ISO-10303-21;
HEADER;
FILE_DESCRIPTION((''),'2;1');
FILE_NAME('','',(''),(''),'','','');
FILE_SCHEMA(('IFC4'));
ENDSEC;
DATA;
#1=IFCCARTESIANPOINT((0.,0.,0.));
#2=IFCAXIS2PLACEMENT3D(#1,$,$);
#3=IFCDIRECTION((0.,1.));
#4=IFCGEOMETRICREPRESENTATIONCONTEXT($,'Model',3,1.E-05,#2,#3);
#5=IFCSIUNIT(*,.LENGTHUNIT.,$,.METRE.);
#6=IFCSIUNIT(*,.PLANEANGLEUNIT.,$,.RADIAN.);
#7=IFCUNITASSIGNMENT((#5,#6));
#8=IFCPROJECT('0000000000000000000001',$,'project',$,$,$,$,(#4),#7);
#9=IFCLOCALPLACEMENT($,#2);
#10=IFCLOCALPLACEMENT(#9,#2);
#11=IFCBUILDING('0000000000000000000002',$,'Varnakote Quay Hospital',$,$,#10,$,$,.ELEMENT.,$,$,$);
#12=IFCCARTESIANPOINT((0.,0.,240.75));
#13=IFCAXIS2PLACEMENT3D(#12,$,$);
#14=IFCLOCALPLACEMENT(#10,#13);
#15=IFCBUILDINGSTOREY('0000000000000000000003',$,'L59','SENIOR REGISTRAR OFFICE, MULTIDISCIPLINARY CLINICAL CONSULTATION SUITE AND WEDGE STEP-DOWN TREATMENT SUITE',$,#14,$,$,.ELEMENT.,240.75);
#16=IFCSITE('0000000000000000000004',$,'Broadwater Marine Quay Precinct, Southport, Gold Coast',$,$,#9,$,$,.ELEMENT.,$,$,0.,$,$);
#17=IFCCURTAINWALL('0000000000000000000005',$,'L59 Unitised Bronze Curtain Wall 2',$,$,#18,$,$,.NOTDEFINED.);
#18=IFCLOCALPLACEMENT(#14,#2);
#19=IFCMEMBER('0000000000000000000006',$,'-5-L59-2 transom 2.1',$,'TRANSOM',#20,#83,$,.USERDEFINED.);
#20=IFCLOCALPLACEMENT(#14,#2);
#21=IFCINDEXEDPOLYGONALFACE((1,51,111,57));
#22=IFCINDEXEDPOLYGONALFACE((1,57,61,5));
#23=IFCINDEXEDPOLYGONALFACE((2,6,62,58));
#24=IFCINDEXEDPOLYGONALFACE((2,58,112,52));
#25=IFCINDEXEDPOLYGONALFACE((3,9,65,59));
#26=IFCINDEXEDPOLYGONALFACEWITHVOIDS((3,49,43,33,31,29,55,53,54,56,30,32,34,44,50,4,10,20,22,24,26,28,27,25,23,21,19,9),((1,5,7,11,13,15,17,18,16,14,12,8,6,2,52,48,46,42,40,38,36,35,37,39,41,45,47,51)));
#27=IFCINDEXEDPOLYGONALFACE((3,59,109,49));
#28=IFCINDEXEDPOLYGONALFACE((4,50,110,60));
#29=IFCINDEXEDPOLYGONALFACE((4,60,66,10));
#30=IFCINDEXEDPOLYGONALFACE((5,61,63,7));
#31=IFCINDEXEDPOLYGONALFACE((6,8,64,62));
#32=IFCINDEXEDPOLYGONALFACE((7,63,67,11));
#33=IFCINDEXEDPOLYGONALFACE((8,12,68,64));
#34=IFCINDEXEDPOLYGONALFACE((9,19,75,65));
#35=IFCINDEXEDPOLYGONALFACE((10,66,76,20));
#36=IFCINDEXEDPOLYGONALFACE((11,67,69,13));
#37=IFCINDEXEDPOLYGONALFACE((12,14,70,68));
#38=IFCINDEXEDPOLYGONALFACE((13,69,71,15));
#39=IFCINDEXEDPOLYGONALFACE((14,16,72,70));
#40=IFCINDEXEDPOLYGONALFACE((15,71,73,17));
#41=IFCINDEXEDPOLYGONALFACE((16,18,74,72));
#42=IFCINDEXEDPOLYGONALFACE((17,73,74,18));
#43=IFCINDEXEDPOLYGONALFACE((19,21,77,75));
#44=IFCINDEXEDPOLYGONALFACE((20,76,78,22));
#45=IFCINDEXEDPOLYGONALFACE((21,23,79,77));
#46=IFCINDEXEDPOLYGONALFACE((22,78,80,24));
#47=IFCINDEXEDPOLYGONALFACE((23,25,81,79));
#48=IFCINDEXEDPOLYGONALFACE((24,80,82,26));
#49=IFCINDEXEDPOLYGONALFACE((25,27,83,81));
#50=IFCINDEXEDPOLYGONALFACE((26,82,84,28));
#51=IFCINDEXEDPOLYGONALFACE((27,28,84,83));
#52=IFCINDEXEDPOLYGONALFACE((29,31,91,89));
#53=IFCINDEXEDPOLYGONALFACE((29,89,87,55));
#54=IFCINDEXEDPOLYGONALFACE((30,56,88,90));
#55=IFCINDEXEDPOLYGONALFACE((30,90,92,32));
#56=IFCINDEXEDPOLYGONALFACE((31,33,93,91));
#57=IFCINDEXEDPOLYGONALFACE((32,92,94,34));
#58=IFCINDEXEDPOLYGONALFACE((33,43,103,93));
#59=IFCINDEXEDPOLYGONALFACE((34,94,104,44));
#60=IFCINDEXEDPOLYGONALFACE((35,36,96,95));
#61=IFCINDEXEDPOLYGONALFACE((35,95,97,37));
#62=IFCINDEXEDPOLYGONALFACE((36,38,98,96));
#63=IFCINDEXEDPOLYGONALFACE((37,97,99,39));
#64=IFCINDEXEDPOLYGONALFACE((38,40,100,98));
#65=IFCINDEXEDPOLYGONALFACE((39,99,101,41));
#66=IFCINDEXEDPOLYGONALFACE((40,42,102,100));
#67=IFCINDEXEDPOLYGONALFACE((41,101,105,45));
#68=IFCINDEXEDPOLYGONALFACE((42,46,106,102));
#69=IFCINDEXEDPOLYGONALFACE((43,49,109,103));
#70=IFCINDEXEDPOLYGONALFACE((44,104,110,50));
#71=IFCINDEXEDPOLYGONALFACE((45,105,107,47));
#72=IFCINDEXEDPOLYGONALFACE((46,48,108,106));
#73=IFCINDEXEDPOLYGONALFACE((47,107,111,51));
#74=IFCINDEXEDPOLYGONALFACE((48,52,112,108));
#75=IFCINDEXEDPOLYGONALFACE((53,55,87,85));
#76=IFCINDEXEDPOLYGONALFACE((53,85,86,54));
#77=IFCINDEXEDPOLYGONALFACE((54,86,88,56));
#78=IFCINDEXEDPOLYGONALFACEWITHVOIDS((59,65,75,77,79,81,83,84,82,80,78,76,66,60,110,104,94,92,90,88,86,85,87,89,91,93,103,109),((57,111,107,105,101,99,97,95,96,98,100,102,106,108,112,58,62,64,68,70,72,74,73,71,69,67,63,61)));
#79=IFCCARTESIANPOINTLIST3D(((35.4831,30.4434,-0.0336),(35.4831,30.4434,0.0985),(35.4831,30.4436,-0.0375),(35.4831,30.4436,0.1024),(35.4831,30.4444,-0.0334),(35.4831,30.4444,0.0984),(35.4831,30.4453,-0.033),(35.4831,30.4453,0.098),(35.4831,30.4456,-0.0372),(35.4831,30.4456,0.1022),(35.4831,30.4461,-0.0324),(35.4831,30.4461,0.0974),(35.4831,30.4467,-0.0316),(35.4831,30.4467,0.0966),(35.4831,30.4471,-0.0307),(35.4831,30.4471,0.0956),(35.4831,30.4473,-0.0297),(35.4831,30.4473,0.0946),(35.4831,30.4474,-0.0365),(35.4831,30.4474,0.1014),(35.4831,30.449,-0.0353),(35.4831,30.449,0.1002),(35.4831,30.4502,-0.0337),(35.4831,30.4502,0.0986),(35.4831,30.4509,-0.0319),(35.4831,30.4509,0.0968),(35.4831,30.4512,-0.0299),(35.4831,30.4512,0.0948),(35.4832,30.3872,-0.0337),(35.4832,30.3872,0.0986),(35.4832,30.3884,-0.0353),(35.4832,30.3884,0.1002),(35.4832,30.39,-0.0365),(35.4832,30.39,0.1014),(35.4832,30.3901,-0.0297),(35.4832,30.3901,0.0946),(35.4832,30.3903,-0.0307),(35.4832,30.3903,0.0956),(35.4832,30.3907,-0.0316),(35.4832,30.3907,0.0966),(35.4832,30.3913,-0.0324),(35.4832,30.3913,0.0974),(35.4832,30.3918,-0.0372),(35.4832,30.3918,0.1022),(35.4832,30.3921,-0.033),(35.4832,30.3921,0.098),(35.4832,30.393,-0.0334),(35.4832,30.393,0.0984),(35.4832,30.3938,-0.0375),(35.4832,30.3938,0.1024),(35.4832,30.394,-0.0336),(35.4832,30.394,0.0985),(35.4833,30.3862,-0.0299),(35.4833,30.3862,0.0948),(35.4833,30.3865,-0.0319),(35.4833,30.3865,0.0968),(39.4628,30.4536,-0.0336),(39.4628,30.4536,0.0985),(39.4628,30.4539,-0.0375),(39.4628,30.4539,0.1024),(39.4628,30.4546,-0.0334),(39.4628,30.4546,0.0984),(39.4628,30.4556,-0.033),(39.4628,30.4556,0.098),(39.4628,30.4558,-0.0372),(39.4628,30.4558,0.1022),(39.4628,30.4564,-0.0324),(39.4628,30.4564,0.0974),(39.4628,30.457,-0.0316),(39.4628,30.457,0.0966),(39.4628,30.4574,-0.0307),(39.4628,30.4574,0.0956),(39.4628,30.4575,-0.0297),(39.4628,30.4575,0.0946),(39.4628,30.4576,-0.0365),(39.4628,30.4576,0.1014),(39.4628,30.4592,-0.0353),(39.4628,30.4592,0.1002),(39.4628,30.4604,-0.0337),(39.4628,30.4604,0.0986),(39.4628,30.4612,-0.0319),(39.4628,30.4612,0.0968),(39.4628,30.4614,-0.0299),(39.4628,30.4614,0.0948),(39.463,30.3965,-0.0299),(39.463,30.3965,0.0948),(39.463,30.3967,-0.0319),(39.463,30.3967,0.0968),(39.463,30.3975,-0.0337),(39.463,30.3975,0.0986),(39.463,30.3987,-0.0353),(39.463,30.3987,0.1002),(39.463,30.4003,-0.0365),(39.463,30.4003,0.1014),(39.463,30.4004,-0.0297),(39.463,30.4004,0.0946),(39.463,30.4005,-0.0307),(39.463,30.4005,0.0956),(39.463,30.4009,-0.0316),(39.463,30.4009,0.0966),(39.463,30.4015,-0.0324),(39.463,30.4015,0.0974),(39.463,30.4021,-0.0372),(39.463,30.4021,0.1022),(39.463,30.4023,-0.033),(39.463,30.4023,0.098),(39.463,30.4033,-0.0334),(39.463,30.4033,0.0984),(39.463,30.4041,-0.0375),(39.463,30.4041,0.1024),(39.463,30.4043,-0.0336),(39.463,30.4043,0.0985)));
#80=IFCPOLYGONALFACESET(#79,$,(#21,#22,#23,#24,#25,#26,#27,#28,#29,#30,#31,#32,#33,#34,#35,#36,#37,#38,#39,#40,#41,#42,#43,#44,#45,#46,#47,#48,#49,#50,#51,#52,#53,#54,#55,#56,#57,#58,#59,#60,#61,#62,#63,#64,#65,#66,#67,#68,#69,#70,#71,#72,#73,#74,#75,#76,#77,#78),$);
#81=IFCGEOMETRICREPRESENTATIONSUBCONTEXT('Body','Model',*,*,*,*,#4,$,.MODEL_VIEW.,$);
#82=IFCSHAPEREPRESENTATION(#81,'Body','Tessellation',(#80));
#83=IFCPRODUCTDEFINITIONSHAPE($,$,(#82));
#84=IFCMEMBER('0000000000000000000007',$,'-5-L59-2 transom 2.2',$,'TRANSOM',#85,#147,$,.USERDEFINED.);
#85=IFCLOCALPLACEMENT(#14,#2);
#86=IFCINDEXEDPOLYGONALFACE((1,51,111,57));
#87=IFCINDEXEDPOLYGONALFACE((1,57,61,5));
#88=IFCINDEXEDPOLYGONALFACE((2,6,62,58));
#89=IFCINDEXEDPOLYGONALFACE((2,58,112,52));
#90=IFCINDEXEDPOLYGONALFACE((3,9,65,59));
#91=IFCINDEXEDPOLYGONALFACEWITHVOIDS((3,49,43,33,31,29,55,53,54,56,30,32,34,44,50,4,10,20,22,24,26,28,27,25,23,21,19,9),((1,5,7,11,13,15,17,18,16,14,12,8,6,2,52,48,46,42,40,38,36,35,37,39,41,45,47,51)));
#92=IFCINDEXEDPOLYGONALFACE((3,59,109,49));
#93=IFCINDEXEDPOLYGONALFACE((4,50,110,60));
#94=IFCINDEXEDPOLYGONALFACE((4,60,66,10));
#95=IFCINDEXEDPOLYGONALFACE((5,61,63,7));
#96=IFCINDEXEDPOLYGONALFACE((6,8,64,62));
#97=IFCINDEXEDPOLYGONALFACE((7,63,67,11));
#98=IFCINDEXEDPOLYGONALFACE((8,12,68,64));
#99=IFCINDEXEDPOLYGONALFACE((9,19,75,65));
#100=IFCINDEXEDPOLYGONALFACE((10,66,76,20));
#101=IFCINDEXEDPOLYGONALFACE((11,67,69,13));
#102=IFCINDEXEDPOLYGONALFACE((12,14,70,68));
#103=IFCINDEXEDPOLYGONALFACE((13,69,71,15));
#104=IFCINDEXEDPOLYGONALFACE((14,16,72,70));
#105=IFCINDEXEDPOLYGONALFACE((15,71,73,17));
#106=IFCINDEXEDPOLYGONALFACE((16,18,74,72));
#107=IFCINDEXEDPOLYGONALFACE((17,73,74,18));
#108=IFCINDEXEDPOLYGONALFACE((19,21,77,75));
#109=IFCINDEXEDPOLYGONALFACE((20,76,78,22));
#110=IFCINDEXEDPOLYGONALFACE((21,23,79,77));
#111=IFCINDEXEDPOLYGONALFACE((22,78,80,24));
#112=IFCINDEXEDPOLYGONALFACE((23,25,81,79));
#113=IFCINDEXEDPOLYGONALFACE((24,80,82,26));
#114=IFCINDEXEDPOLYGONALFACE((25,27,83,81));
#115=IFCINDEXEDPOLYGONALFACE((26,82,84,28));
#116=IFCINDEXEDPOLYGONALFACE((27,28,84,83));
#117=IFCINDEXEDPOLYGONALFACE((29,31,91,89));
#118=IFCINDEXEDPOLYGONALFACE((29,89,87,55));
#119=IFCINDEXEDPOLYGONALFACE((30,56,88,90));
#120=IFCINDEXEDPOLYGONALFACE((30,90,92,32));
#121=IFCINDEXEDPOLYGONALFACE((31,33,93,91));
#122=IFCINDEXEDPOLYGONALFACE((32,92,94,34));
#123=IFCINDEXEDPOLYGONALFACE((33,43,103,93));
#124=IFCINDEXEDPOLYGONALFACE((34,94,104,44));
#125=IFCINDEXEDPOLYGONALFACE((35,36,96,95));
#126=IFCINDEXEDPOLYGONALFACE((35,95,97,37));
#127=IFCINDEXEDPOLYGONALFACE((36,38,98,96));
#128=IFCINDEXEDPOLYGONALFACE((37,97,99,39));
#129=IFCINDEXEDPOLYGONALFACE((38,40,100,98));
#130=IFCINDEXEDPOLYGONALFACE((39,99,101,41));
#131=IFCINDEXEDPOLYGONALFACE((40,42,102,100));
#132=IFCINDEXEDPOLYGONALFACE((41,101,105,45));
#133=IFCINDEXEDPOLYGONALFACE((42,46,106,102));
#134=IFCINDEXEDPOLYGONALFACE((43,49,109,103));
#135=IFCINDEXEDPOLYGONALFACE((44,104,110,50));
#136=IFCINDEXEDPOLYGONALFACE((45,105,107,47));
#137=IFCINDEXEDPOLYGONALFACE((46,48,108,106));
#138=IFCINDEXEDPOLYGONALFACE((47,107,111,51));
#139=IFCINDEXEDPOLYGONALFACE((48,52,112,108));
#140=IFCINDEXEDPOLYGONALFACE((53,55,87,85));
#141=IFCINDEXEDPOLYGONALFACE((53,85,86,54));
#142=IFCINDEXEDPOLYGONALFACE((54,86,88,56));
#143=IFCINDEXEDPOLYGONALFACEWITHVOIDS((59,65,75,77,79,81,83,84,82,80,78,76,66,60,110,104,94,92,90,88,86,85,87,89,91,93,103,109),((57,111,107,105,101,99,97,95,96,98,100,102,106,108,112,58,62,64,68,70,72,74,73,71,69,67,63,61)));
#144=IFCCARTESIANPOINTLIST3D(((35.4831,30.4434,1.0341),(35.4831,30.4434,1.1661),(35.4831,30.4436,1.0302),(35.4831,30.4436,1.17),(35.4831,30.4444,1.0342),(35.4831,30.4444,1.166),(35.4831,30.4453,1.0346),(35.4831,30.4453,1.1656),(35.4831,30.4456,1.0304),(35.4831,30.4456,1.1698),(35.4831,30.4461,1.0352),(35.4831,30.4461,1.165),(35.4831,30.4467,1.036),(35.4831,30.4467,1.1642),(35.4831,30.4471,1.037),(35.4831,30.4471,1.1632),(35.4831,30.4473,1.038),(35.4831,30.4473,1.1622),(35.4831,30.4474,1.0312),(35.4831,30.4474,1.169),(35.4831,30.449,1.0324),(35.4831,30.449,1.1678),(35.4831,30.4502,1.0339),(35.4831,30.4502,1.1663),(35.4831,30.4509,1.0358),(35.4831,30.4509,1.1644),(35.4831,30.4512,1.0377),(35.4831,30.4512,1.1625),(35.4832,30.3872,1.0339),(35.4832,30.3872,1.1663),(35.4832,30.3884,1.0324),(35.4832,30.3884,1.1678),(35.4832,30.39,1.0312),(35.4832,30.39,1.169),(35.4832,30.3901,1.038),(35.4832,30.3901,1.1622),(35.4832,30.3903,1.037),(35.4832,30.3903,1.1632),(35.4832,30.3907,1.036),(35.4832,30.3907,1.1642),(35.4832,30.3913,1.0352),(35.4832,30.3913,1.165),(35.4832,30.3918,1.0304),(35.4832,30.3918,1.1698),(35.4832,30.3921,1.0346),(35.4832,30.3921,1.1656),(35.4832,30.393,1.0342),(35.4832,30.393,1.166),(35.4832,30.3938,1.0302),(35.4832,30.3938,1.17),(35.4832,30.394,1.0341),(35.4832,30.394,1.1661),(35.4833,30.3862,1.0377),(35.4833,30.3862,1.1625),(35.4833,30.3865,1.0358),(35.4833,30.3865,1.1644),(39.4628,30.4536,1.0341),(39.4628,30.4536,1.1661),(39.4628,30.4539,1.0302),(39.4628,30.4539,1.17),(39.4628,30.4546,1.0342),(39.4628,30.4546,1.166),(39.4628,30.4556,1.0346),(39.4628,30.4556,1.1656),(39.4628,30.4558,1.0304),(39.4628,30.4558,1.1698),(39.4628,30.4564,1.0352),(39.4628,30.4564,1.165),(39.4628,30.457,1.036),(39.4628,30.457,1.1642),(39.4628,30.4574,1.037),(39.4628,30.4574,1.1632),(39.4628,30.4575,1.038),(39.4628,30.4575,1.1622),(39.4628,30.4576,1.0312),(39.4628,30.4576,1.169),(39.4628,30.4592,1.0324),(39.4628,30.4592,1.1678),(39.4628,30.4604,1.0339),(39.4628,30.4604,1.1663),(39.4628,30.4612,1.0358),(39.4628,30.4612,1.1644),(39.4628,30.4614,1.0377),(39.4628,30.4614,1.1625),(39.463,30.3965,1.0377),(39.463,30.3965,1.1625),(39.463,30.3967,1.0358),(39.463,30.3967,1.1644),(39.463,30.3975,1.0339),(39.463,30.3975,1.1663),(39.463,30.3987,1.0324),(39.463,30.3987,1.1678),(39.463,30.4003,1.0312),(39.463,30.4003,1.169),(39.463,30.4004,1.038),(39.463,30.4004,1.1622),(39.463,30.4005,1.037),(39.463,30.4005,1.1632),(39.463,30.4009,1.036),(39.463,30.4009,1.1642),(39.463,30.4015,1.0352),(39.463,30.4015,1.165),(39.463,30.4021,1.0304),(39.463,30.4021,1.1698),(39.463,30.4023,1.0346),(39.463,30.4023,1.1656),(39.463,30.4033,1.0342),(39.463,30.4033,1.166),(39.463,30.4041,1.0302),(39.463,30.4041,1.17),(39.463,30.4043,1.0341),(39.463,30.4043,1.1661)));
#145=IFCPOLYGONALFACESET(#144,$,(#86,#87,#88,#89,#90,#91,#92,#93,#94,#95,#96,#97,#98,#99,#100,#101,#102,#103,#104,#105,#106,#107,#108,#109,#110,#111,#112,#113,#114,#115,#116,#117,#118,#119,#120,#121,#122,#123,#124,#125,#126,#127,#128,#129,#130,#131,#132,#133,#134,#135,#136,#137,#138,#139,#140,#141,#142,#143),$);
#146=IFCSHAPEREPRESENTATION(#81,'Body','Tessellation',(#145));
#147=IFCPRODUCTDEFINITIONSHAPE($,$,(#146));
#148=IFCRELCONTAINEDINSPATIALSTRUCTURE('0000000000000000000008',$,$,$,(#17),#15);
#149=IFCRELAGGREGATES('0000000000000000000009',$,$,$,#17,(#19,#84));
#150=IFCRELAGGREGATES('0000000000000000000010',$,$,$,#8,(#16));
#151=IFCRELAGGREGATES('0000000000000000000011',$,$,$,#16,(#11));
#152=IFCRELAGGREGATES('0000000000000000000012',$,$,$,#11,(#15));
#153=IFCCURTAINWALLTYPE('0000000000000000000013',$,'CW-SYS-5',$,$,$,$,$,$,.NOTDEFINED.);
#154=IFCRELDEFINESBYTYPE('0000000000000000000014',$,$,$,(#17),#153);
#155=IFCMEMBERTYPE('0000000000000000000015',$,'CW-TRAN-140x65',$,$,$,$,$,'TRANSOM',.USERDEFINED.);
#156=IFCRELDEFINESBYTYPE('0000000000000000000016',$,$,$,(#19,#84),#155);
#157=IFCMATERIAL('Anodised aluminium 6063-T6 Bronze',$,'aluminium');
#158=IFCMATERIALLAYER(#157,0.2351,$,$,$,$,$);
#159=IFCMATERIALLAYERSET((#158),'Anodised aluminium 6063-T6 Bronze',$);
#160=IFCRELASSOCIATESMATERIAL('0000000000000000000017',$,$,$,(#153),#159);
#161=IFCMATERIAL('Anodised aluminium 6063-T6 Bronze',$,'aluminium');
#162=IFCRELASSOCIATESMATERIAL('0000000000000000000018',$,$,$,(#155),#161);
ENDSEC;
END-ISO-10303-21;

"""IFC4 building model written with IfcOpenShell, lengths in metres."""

from ifc_helpers import new_model, si_unit, direction, frame, origin, origin_2d, place, context, subcontext, project, spatial, hollow_rectangle, extrude, material, layer, layer_set, material_profile, profile_set, type_object, element, aggregate, save


model = new_model("IFC4")

# Units and contexts
model_context = context("Model", 3, precision=1e-05, world=origin(), true_north=direction((0.0, 1.0)))
body_context = subcontext(model_context, "Body", "Model", "MODEL_VIEW")
ifc_project = project(units=[si_unit("LENGTHUNIT", "METRE"), si_unit("PLANEANGLEUNIT", "RADIAN")], contexts=[model_context])

# Site, building, storey
site_placement = place(None, origin())
site = spatial("IfcSite", under=ifc_project, at=site_placement, Name="Broadwater Marine Quay Precinct, Southport, Gold Coast", CompositionType="ELEMENT", RefElevation=0.0)
building_placement = place(site_placement, origin())
building = spatial("IfcBuilding", under=site, at=building_placement, Name="Varnakote Quay Hospital", CompositionType="ELEMENT")
storey_placement = place(building_placement, frame((0.0, 0.0, 240.75)))
storey = spatial("IfcBuildingStorey", under=building, at=storey_placement, Name="L59", Description="SENIOR REGISTRAR OFFICE, MULTIDISCIPLINARY CLINICAL CONSULTATION SUITE AND WEDGE STEP-DOWN TREATMENT SUITE", CompositionType="ELEMENT", Elevation=240.75)

# Curtain wall, members
ifc_material_1 = material(Name="Anodised aluminium 6063-T6 Bronze", Category="aluminium")
ifc_layer_1 = layer(ifc_material_1, 0.2351)
ifc_layer_set_1 = layer_set([ifc_layer_1], Name="Anodised aluminium 6063-T6 Bronze")
curtain_wall_type = type_object("IfcCurtainWallType", Name="CW-SYS-5", PredefinedType="NOTDEFINED", material=ifc_layer_set_1)
curtain_wall_placement = place(storey_placement, origin())
curtain_wall = element("IfcCurtainWall", 1, at=curtain_wall_placement, inside=storey, type_object=curtain_wall_type, Name="L59 Unitised Bronze Curtain Wall 2", PredefinedType="NOTDEFINED")
ifc_material_2 = material(Name="Anodised aluminium 6063-T6 Bronze", Category="aluminium")
ifc_material_profile_1 = material_profile(ifc_material_2, hollow_rectangle(XDim=0.0649, YDim=0.1399, WallThickness=0.0039, InnerFilletRadius=0.0039, OuterFilletRadius=0.0076, at=origin_2d()), Name="CW-TRAN-140x65")
ifc_profile_set_1 = profile_set([ifc_material_profile_1], Name="Anodised aluminium 6063-T6 Bronze")
member_type_1 = type_object("IfcMemberType", Name="CW-TRAN-140x65", ElementType="TRANSOM", PredefinedType="USERDEFINED", material=ifc_profile_set_1)
member_1_placement = place(storey_placement, frame((39.4629, 30.429, 0.0325), z_axis=(-0.999997, -0.002577, 0.0), x_axis=(0.002577, -0.999997, 0.0)))
member_1 = element("IfcMember", 2, at=member_1_placement, type_object=member_type_1, Name="-5-L59-2 transom 2.1", ObjectType="TRANSOM", PredefinedType="USERDEFINED", context=body_context, shape_type="SweptSolid", body=[
    extrude(hollow_rectangle(XDim=0.0649, YDim=0.1399, WallThickness=0.0039, InnerFilletRadius=0.0039, OuterFilletRadius=0.0076, at=origin_2d()), origin(), (0.0, 0.0, 1.0), 3.9797),
])
member_2_placement = place(storey_placement, frame((39.4629, 30.429, 1.1001), z_axis=(-0.999997, -0.002577, 0.0), x_axis=(0.002577, -0.999997, 0.0)))
member_2 = element("IfcMember", 3, at=member_2_placement, type_object=member_type_1, Name="-5-L59-2 transom 2.2", ObjectType="TRANSOM", PredefinedType="USERDEFINED", context=body_context, shape_type="SweptSolid", body=[
    extrude(hollow_rectangle(XDim=0.0649, YDim=0.1399, WallThickness=0.0039, InnerFilletRadius=0.0039, OuterFilletRadius=0.0076, at=origin_2d()), origin(), (0.0, 0.0, 1.0), 3.9797),
])

aggregate(curtain_wall, [member_1, member_2])

save(model, "model.ifc")
